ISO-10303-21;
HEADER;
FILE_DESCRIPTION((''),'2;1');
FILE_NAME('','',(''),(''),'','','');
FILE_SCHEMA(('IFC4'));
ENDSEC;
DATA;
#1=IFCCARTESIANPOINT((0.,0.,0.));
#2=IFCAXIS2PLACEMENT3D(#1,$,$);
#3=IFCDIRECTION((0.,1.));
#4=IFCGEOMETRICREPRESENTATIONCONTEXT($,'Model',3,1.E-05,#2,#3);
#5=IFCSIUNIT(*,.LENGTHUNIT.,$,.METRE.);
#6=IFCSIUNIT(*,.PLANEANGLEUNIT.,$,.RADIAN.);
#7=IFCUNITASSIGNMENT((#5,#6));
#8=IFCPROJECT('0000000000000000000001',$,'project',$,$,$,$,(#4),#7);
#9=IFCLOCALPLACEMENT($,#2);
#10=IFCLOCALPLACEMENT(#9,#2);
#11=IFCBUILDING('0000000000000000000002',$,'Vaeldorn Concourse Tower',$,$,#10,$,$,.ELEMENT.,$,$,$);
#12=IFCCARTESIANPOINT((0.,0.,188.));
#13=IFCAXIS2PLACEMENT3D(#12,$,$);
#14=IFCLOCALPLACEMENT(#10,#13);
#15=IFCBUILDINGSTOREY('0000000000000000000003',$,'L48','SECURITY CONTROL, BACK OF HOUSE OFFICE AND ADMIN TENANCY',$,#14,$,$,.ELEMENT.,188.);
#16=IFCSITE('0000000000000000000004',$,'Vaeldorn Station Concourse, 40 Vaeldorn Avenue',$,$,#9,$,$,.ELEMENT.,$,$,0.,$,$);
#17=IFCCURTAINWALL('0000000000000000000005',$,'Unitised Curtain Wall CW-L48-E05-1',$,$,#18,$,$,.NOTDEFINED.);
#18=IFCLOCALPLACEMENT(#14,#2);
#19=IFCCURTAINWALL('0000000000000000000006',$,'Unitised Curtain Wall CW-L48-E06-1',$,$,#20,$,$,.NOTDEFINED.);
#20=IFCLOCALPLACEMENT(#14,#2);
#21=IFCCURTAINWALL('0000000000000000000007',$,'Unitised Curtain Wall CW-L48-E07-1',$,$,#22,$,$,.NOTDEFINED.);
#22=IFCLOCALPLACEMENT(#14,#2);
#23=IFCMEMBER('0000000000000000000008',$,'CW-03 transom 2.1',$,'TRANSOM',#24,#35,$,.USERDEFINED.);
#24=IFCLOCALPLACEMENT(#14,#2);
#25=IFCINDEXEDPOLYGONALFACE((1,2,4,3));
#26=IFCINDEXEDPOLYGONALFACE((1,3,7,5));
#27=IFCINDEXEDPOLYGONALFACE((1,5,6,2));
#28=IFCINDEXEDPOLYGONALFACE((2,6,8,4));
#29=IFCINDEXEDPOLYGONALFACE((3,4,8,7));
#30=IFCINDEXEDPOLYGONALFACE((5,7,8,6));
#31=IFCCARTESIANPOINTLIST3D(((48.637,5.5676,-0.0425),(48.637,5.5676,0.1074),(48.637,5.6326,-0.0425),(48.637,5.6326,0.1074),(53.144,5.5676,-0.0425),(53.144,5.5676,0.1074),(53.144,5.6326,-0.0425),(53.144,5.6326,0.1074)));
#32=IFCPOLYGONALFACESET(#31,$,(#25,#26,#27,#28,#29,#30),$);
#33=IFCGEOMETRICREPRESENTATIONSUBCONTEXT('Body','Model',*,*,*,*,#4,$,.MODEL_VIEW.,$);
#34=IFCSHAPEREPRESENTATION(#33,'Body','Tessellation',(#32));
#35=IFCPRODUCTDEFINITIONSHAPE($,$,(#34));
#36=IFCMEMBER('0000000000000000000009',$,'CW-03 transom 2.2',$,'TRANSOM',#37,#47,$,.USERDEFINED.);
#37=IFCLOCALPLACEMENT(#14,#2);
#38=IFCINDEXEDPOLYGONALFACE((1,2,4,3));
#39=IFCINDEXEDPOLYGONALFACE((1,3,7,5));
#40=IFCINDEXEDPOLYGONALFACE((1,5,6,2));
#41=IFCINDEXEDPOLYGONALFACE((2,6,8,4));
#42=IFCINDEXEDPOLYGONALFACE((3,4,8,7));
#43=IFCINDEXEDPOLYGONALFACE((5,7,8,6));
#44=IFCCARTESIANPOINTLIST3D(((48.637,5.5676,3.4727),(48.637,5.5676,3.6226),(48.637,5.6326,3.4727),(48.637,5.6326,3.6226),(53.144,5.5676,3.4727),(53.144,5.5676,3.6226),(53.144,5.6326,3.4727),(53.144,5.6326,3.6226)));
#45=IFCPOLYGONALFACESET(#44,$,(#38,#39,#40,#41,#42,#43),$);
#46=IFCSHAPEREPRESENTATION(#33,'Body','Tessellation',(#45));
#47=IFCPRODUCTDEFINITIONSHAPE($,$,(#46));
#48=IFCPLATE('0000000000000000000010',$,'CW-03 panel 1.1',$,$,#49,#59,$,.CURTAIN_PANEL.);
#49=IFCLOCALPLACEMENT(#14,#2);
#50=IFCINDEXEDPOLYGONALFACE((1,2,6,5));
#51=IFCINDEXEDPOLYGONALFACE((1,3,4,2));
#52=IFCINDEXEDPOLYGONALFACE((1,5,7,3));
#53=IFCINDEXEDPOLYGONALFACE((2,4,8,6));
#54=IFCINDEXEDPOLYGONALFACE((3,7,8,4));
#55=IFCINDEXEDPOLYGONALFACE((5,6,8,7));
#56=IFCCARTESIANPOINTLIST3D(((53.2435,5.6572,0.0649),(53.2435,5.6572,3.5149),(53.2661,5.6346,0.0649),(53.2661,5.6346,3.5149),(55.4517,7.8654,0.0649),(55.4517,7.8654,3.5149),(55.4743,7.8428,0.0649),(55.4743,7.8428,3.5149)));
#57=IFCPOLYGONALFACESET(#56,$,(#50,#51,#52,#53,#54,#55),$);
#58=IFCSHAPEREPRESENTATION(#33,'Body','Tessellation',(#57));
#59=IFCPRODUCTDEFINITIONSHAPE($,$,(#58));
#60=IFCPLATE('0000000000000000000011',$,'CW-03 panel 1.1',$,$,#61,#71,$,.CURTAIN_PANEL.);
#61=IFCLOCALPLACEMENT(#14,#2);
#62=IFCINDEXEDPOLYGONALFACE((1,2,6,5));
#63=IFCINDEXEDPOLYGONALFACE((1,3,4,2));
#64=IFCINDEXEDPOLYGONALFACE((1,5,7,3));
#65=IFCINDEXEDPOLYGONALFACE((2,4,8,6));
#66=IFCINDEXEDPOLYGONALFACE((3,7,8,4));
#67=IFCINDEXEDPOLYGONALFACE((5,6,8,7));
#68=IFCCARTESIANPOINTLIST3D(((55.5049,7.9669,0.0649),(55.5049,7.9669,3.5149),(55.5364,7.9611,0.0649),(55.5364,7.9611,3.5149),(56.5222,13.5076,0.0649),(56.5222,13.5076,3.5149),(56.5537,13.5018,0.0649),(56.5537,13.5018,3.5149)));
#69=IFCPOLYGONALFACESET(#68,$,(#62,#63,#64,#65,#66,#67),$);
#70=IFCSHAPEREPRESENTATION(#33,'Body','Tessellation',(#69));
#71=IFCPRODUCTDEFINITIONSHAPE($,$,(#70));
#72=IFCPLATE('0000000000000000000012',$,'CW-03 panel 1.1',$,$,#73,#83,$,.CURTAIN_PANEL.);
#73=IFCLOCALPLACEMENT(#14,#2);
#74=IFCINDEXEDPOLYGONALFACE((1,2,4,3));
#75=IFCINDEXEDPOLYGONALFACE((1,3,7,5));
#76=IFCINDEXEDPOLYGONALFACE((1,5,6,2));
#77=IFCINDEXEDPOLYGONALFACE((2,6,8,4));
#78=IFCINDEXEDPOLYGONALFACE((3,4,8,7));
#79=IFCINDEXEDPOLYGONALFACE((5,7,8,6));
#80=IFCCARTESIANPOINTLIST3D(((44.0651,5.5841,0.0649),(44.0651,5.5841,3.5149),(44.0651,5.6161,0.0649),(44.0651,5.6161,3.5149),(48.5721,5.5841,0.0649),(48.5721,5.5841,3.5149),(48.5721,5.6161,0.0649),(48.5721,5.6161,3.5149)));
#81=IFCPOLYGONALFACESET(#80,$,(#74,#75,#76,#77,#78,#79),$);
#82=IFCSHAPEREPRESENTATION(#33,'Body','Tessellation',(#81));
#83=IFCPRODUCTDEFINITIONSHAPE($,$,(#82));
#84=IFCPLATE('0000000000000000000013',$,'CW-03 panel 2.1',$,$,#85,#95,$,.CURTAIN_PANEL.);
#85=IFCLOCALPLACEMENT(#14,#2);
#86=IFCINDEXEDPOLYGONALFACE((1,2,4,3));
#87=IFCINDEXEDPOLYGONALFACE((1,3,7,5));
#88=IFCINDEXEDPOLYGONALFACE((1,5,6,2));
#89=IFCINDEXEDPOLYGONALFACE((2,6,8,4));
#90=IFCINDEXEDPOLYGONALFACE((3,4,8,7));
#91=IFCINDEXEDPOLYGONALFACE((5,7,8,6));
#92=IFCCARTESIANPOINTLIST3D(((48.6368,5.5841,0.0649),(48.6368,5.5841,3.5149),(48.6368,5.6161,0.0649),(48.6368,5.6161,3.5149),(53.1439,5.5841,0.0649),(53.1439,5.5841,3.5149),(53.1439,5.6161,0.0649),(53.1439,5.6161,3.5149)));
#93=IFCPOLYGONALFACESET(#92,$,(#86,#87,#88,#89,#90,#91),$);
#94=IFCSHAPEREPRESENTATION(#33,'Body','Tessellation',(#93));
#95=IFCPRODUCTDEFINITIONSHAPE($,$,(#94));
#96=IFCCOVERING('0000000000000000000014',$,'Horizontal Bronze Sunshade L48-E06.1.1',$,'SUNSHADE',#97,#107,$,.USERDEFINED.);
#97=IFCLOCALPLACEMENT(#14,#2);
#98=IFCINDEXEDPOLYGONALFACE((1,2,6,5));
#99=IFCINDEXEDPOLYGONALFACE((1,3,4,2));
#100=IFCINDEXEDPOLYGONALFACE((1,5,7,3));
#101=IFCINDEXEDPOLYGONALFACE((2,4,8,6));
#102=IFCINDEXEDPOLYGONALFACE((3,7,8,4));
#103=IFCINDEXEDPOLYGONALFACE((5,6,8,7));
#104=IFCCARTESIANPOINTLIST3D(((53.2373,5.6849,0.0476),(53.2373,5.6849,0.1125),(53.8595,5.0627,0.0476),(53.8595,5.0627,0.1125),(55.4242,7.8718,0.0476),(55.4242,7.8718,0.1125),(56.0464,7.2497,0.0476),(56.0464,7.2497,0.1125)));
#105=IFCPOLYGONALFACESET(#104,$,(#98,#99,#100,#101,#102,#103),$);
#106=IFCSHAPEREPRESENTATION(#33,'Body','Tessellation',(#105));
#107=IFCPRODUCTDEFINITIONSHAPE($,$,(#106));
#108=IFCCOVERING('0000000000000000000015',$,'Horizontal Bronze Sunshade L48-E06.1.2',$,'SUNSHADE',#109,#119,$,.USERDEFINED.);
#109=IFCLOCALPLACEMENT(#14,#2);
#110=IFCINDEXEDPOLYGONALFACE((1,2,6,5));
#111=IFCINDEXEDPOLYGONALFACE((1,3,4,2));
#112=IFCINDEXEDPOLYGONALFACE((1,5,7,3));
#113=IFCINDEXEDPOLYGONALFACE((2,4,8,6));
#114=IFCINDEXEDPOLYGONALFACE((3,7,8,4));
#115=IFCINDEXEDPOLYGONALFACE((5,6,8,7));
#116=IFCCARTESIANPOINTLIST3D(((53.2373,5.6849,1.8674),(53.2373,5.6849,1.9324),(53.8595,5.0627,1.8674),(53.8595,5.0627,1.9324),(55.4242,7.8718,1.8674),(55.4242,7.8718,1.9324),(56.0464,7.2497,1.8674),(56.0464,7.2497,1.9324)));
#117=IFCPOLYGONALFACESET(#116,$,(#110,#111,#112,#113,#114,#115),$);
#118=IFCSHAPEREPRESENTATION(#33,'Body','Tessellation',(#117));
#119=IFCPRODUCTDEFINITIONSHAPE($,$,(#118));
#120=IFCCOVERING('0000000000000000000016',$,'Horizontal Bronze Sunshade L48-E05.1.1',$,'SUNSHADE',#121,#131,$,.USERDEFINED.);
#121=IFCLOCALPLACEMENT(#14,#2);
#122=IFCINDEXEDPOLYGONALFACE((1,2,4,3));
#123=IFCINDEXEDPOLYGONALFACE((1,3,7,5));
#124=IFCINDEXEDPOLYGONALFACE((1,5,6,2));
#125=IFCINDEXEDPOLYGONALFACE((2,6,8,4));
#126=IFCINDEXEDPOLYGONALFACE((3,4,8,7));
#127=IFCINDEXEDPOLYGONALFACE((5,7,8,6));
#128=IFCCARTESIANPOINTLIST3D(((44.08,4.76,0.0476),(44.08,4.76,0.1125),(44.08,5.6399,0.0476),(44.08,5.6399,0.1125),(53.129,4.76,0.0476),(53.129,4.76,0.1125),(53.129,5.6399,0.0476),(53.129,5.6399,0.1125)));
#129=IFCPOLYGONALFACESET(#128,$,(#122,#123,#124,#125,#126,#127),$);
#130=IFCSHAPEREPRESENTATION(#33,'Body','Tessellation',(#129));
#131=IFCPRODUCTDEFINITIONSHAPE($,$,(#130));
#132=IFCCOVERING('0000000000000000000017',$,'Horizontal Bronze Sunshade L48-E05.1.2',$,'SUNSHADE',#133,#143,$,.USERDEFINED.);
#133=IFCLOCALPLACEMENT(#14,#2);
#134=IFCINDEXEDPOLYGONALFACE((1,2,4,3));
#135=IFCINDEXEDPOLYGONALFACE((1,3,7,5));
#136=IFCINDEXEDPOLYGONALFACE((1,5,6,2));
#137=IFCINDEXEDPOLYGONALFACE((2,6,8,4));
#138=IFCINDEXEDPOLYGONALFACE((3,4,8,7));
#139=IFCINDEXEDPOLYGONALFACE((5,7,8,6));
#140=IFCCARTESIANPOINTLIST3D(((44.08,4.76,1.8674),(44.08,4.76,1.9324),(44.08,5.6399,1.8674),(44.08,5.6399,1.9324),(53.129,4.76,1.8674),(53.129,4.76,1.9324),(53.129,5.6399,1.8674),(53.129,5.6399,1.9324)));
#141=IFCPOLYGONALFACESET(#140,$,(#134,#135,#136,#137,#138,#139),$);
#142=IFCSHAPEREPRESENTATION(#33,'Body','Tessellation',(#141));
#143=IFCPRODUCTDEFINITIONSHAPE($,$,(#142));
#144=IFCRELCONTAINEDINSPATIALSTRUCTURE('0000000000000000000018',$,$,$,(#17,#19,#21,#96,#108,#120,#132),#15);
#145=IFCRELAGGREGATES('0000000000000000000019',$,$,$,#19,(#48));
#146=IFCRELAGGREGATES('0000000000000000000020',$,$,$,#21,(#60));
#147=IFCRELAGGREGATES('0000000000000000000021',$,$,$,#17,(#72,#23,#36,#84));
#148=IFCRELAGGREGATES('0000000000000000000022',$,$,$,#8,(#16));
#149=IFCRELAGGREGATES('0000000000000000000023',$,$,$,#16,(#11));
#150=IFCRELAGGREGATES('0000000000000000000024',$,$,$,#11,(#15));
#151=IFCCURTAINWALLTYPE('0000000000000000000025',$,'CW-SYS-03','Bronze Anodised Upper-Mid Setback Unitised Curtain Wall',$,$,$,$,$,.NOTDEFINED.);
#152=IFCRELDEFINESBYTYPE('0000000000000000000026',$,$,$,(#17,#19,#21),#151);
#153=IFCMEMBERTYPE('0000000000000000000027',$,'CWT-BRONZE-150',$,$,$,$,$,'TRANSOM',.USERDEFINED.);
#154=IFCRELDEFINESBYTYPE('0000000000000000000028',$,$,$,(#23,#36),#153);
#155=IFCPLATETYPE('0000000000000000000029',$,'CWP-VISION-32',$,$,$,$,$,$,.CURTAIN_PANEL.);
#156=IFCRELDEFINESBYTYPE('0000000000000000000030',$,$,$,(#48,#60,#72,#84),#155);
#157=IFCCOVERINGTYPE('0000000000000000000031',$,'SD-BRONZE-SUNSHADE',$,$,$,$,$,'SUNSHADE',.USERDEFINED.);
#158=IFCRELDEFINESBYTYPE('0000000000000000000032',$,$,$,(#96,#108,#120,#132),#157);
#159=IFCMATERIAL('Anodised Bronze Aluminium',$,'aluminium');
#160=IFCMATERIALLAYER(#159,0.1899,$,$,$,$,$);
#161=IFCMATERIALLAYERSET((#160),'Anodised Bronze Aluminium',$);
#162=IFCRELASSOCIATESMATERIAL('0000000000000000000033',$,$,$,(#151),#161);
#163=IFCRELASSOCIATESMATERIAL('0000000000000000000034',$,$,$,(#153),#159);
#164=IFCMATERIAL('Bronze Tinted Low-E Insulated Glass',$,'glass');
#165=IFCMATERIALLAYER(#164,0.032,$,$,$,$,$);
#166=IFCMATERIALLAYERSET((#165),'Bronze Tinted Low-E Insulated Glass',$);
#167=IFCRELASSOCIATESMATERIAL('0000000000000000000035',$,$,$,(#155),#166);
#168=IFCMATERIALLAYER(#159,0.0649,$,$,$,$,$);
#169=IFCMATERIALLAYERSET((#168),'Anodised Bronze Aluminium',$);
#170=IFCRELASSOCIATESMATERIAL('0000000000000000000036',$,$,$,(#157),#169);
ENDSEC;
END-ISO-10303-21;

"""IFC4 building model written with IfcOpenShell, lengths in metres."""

from ifc_helpers import new_model, si_unit, direction, frame, origin, origin_2d, place, context, subcontext, project, spatial, rectangle, extrude, source, transform, mapped, material, layer, layer_set, material_profile, profile_set, type_object, element, aggregate, save


model = new_model("IFC4")

# Units and contexts
model_context = context("Model", 3, precision=1e-05, world=origin(), true_north=direction((0.0, 1.0)))
body_context = subcontext(model_context, "Body", "Model", "MODEL_VIEW")
ifc_project = project(units=[si_unit("LENGTHUNIT", "METRE"), si_unit("PLANEANGLEUNIT", "RADIAN")], contexts=[model_context])

# Site, building, storey
site_placement = place(None, origin())
site = spatial("IfcSite", under=ifc_project, at=site_placement, Name="Vaeldorn Station Concourse, 40 Vaeldorn Avenue", CompositionType="ELEMENT", RefElevation=0.0)
building_placement = place(site_placement, origin())
building = spatial("IfcBuilding", under=site, at=building_placement, Name="Vaeldorn Concourse Tower", CompositionType="ELEMENT")
storey_placement = place(building_placement, frame((0.0, 0.0, 188.0)))
storey = spatial("IfcBuildingStorey", under=building, at=storey_placement, Name="L48", Description="SECURITY CONTROL, BACK OF HOUSE OFFICE AND ADMIN TENANCY", CompositionType="ELEMENT", Elevation=188.0)

# Curtain walls
ifc_material_1 = material(Name="Anodised Bronze Aluminium", Category="aluminium")
ifc_layer_1 = layer(ifc_material_1, 0.1899)
ifc_layer_set_1 = layer_set([ifc_layer_1], Name="Anodised Bronze Aluminium")
curtain_wall_type = type_object("IfcCurtainWallType", Name="CW-SYS-03", Description="Bronze Anodised Upper-Mid Setback Unitised Curtain Wall", PredefinedType="NOTDEFINED", material=ifc_layer_set_1)
curtain_wall_1_placement = place(storey_placement, origin())
curtain_wall_1 = element("IfcCurtainWall", 1, at=curtain_wall_1_placement, inside=storey, type_object=curtain_wall_type, Name="Unitised Curtain Wall CW-L48-E05-1", PredefinedType="NOTDEFINED")
curtain_wall_2_placement = place(storey_placement, origin())
curtain_wall_2 = element("IfcCurtainWall", 2, at=curtain_wall_2_placement, inside=storey, type_object=curtain_wall_type, Name="Unitised Curtain Wall CW-L48-E06-1", PredefinedType="NOTDEFINED")
curtain_wall_3_placement = place(storey_placement, origin())
curtain_wall_3 = element("IfcCurtainWall", 3, at=curtain_wall_3_placement, inside=storey, type_object=curtain_wall_type, Name="Unitised Curtain Wall CW-L48-E07-1", PredefinedType="NOTDEFINED")

# Members
ifc_material_profile_1 = material_profile(ifc_material_1, rectangle(XDim=0.0649, YDim=0.1499, at=origin_2d()), Name="CWT 65x150")
ifc_profile_set_1 = profile_set([ifc_material_profile_1], Name="Anodised Bronze Aluminium")
member_type_1 = type_object("IfcMemberType", Name="CWT-BRONZE-150", ElementType="TRANSOM", PredefinedType="USERDEFINED", material=ifc_profile_set_1)
shared_shape_1 = source(origin(), body_context, "Body", "SweptSolid", [
    extrude(rectangle(XDim=0.0649, YDim=0.1499, at=origin_2d()), origin(), (0.0, 0.0, 1.0), 4.5071),
])
member_1_placement = place(storey_placement, frame((48.637, 5.6001, 0.0325), z_axis=(1.0, 0.0, 0.0), x_axis=(0.0, 1.0, 0.0)))
member_1 = element("IfcMember", 4, at=member_1_placement, type_object=member_type_1, Name="CW-03 transom 2.1", ObjectType="TRANSOM", PredefinedType="USERDEFINED", context=body_context, shape_type="MappedRepresentation", body=[
    mapped(shared_shape_1, transform((0.0, 0.0, 0.0), scale=1.0)),
])
member_2_placement = place(storey_placement, frame((48.637, 5.6001, 3.5476), z_axis=(1.0, 0.0, 0.0), x_axis=(0.0, 1.0, 0.0)))
member_2 = element("IfcMember", 5, at=member_2_placement, type_object=member_type_1, Name="CW-03 transom 2.2", ObjectType="TRANSOM", PredefinedType="USERDEFINED", context=body_context, shape_type="MappedRepresentation", body=[
    mapped(shared_shape_1, transform((0.0, 0.0, 0.0), scale=1.0)),
])

# Plates
ifc_material_2 = material(Name="Bronze Tinted Low-E Insulated Glass", Category="glass")
ifc_layer_2 = layer(ifc_material_2, 0.032)
ifc_layer_set_2 = layer_set([ifc_layer_2], Name="Bronze Tinted Low-E Insulated Glass")
plate_type = type_object("IfcPlateType", Name="CWP-VISION-32", PredefinedType="CURTAIN_PANEL", material=ifc_layer_set_2)
shared_shape_2 = source(origin(), body_context, "Body", "SweptSolid", [
    extrude(rectangle(XDim=3.1228, YDim=0.032, at=origin_2d()), origin(), (0.0, 0.0, 1.0), 3.45),
])
plate_1_placement = place(storey_placement, frame((54.3589, 6.75, 0.0649), z_axis=(0.0, 0.0, 1.0), x_axis=(0.707107, 0.707107, 0.0)))
plate_1 = element("IfcPlate", 6, at=plate_1_placement, type_object=plate_type, Name="CW-03 panel 1.1", PredefinedType="CURTAIN_PANEL", context=body_context, shape_type="MappedRepresentation", body=[
    mapped(shared_shape_2, transform((0.0, 0.0, 0.0), scale=1.0)),
])
aggregate(curtain_wall_2, [plate_1])
shared_shape_3 = source(origin(), body_context, "Body", "SweptSolid", [
    extrude(rectangle(XDim=5.6333, YDim=0.032, at=origin_2d()), origin(), (0.0, 0.0, 1.0), 3.45),
])
plate_2_placement = place(storey_placement, frame((56.0293, 10.7344, 0.0649), z_axis=(0.0, 0.0, 1.0), x_axis=(0.180585, 0.983559, 0.0)))
plate_2 = element("IfcPlate", 7, at=plate_2_placement, type_object=plate_type, Name="CW-03 panel 1.1", PredefinedType="CURTAIN_PANEL", context=body_context, shape_type="MappedRepresentation", body=[
    mapped(shared_shape_3, transform((0.0, 0.0, 0.0), scale=1.0)),
])
aggregate(curtain_wall_3, [plate_2])
shared_shape_4 = source(origin(), body_context, "Body", "SweptSolid", [
    extrude(rectangle(XDim=4.5071, YDim=0.032, at=origin_2d()), origin(), (0.0, 0.0, 1.0), 3.45),
])
plate_3_placement = place(storey_placement, frame((46.3186, 5.6001, 0.0649), z_axis=(0.0, 0.0, 1.0), x_axis=(1.0, 0.0, 0.0)))
plate_3 = element("IfcPlate", 8, at=plate_3_placement, type_object=plate_type, Name="CW-03 panel 1.1", PredefinedType="CURTAIN_PANEL", context=body_context, shape_type="MappedRepresentation", body=[
    mapped(shared_shape_4, transform((0.0, 0.0, 0.0), scale=1.0)),
])
plate_4_placement = place(storey_placement, frame((50.8904, 5.6001, 0.0649), z_axis=(0.0, 0.0, 1.0), x_axis=(1.0, 0.0, 0.0)))
plate_4 = element("IfcPlate", 9, at=plate_4_placement, type_object=plate_type, Name="CW-03 panel 2.1", PredefinedType="CURTAIN_PANEL", context=body_context, shape_type="MappedRepresentation", body=[
    mapped(shared_shape_4, transform((0.0, 0.0, 0.0), scale=1.0)),
])
aggregate(curtain_wall_1, [plate_3, member_1, member_2, plate_4])

# Coverings
ifc_layer_3 = layer(ifc_material_1, 0.0649)
ifc_layer_set_3 = layer_set([ifc_layer_3], Name="Anodised Bronze Aluminium")
covering_type = type_object("IfcCoveringType", Name="SD-BRONZE-SUNSHADE", ElementType="SUNSHADE", PredefinedType="USERDEFINED", material=ifc_layer_set_3)
shared_shape_5 = source(origin(), body_context, "Body", "SweptSolid", [
    extrude(rectangle(XDim=3.0928, YDim=0.8799, at=origin_2d()), origin(), (0.0, 0.0, 1.0), 0.0649),
])
for number, where, z_axis, x_axis, name in (
    (10, (54.6418, 6.4673, 0.0476), (0.0, 0.0, 1.0), (0.707107, 0.707107, 0.0), "Horizontal Bronze Sunshade L48-E06.1.1"),
    (11, (54.6418, 6.4673, 1.8674), (0.0, 0.0, 1.0), (0.707107, 0.707107, 0.0), "Horizontal Bronze Sunshade L48-E06.1.2"),
):
    element("IfcCovering", number, at=place(storey_placement, frame(where, z_axis=z_axis, x_axis=x_axis)), inside=storey, type_object=covering_type, Name=name, ObjectType="SUNSHADE", PredefinedType="USERDEFINED", context=body_context, shape_type="MappedRepresentation", body=[
        mapped(shared_shape_5, transform((0.0, 0.0, 0.0), scale=1.0)),
    ])
shared_shape_6 = source(origin(), body_context, "Body", "SweptSolid", [
    extrude(rectangle(XDim=9.0491, YDim=0.8799, at=origin_2d()), origin(), (0.0, 0.0, 1.0), 0.0649),
])
for number, where, z_axis, x_axis, name in (
    (12, (48.6045, 5.2, 0.0476), (0.0, 0.0, 1.0), (1.0, 0.0, 0.0), "Horizontal Bronze Sunshade L48-E05.1.1"),
    (13, (48.6045, 5.2, 1.8674), (0.0, 0.0, 1.0), (1.0, 0.0, 0.0), "Horizontal Bronze Sunshade L48-E05.1.2"),
):
    element("IfcCovering", number, at=place(storey_placement, frame(where, z_axis=z_axis, x_axis=x_axis)), inside=storey, type_object=covering_type, Name=name, ObjectType="SUNSHADE", PredefinedType="USERDEFINED", context=body_context, shape_type="MappedRepresentation", body=[
        mapped(shared_shape_6, transform((0.0, 0.0, 0.0), scale=1.0)),
    ])

save(model, "model.ifc")
